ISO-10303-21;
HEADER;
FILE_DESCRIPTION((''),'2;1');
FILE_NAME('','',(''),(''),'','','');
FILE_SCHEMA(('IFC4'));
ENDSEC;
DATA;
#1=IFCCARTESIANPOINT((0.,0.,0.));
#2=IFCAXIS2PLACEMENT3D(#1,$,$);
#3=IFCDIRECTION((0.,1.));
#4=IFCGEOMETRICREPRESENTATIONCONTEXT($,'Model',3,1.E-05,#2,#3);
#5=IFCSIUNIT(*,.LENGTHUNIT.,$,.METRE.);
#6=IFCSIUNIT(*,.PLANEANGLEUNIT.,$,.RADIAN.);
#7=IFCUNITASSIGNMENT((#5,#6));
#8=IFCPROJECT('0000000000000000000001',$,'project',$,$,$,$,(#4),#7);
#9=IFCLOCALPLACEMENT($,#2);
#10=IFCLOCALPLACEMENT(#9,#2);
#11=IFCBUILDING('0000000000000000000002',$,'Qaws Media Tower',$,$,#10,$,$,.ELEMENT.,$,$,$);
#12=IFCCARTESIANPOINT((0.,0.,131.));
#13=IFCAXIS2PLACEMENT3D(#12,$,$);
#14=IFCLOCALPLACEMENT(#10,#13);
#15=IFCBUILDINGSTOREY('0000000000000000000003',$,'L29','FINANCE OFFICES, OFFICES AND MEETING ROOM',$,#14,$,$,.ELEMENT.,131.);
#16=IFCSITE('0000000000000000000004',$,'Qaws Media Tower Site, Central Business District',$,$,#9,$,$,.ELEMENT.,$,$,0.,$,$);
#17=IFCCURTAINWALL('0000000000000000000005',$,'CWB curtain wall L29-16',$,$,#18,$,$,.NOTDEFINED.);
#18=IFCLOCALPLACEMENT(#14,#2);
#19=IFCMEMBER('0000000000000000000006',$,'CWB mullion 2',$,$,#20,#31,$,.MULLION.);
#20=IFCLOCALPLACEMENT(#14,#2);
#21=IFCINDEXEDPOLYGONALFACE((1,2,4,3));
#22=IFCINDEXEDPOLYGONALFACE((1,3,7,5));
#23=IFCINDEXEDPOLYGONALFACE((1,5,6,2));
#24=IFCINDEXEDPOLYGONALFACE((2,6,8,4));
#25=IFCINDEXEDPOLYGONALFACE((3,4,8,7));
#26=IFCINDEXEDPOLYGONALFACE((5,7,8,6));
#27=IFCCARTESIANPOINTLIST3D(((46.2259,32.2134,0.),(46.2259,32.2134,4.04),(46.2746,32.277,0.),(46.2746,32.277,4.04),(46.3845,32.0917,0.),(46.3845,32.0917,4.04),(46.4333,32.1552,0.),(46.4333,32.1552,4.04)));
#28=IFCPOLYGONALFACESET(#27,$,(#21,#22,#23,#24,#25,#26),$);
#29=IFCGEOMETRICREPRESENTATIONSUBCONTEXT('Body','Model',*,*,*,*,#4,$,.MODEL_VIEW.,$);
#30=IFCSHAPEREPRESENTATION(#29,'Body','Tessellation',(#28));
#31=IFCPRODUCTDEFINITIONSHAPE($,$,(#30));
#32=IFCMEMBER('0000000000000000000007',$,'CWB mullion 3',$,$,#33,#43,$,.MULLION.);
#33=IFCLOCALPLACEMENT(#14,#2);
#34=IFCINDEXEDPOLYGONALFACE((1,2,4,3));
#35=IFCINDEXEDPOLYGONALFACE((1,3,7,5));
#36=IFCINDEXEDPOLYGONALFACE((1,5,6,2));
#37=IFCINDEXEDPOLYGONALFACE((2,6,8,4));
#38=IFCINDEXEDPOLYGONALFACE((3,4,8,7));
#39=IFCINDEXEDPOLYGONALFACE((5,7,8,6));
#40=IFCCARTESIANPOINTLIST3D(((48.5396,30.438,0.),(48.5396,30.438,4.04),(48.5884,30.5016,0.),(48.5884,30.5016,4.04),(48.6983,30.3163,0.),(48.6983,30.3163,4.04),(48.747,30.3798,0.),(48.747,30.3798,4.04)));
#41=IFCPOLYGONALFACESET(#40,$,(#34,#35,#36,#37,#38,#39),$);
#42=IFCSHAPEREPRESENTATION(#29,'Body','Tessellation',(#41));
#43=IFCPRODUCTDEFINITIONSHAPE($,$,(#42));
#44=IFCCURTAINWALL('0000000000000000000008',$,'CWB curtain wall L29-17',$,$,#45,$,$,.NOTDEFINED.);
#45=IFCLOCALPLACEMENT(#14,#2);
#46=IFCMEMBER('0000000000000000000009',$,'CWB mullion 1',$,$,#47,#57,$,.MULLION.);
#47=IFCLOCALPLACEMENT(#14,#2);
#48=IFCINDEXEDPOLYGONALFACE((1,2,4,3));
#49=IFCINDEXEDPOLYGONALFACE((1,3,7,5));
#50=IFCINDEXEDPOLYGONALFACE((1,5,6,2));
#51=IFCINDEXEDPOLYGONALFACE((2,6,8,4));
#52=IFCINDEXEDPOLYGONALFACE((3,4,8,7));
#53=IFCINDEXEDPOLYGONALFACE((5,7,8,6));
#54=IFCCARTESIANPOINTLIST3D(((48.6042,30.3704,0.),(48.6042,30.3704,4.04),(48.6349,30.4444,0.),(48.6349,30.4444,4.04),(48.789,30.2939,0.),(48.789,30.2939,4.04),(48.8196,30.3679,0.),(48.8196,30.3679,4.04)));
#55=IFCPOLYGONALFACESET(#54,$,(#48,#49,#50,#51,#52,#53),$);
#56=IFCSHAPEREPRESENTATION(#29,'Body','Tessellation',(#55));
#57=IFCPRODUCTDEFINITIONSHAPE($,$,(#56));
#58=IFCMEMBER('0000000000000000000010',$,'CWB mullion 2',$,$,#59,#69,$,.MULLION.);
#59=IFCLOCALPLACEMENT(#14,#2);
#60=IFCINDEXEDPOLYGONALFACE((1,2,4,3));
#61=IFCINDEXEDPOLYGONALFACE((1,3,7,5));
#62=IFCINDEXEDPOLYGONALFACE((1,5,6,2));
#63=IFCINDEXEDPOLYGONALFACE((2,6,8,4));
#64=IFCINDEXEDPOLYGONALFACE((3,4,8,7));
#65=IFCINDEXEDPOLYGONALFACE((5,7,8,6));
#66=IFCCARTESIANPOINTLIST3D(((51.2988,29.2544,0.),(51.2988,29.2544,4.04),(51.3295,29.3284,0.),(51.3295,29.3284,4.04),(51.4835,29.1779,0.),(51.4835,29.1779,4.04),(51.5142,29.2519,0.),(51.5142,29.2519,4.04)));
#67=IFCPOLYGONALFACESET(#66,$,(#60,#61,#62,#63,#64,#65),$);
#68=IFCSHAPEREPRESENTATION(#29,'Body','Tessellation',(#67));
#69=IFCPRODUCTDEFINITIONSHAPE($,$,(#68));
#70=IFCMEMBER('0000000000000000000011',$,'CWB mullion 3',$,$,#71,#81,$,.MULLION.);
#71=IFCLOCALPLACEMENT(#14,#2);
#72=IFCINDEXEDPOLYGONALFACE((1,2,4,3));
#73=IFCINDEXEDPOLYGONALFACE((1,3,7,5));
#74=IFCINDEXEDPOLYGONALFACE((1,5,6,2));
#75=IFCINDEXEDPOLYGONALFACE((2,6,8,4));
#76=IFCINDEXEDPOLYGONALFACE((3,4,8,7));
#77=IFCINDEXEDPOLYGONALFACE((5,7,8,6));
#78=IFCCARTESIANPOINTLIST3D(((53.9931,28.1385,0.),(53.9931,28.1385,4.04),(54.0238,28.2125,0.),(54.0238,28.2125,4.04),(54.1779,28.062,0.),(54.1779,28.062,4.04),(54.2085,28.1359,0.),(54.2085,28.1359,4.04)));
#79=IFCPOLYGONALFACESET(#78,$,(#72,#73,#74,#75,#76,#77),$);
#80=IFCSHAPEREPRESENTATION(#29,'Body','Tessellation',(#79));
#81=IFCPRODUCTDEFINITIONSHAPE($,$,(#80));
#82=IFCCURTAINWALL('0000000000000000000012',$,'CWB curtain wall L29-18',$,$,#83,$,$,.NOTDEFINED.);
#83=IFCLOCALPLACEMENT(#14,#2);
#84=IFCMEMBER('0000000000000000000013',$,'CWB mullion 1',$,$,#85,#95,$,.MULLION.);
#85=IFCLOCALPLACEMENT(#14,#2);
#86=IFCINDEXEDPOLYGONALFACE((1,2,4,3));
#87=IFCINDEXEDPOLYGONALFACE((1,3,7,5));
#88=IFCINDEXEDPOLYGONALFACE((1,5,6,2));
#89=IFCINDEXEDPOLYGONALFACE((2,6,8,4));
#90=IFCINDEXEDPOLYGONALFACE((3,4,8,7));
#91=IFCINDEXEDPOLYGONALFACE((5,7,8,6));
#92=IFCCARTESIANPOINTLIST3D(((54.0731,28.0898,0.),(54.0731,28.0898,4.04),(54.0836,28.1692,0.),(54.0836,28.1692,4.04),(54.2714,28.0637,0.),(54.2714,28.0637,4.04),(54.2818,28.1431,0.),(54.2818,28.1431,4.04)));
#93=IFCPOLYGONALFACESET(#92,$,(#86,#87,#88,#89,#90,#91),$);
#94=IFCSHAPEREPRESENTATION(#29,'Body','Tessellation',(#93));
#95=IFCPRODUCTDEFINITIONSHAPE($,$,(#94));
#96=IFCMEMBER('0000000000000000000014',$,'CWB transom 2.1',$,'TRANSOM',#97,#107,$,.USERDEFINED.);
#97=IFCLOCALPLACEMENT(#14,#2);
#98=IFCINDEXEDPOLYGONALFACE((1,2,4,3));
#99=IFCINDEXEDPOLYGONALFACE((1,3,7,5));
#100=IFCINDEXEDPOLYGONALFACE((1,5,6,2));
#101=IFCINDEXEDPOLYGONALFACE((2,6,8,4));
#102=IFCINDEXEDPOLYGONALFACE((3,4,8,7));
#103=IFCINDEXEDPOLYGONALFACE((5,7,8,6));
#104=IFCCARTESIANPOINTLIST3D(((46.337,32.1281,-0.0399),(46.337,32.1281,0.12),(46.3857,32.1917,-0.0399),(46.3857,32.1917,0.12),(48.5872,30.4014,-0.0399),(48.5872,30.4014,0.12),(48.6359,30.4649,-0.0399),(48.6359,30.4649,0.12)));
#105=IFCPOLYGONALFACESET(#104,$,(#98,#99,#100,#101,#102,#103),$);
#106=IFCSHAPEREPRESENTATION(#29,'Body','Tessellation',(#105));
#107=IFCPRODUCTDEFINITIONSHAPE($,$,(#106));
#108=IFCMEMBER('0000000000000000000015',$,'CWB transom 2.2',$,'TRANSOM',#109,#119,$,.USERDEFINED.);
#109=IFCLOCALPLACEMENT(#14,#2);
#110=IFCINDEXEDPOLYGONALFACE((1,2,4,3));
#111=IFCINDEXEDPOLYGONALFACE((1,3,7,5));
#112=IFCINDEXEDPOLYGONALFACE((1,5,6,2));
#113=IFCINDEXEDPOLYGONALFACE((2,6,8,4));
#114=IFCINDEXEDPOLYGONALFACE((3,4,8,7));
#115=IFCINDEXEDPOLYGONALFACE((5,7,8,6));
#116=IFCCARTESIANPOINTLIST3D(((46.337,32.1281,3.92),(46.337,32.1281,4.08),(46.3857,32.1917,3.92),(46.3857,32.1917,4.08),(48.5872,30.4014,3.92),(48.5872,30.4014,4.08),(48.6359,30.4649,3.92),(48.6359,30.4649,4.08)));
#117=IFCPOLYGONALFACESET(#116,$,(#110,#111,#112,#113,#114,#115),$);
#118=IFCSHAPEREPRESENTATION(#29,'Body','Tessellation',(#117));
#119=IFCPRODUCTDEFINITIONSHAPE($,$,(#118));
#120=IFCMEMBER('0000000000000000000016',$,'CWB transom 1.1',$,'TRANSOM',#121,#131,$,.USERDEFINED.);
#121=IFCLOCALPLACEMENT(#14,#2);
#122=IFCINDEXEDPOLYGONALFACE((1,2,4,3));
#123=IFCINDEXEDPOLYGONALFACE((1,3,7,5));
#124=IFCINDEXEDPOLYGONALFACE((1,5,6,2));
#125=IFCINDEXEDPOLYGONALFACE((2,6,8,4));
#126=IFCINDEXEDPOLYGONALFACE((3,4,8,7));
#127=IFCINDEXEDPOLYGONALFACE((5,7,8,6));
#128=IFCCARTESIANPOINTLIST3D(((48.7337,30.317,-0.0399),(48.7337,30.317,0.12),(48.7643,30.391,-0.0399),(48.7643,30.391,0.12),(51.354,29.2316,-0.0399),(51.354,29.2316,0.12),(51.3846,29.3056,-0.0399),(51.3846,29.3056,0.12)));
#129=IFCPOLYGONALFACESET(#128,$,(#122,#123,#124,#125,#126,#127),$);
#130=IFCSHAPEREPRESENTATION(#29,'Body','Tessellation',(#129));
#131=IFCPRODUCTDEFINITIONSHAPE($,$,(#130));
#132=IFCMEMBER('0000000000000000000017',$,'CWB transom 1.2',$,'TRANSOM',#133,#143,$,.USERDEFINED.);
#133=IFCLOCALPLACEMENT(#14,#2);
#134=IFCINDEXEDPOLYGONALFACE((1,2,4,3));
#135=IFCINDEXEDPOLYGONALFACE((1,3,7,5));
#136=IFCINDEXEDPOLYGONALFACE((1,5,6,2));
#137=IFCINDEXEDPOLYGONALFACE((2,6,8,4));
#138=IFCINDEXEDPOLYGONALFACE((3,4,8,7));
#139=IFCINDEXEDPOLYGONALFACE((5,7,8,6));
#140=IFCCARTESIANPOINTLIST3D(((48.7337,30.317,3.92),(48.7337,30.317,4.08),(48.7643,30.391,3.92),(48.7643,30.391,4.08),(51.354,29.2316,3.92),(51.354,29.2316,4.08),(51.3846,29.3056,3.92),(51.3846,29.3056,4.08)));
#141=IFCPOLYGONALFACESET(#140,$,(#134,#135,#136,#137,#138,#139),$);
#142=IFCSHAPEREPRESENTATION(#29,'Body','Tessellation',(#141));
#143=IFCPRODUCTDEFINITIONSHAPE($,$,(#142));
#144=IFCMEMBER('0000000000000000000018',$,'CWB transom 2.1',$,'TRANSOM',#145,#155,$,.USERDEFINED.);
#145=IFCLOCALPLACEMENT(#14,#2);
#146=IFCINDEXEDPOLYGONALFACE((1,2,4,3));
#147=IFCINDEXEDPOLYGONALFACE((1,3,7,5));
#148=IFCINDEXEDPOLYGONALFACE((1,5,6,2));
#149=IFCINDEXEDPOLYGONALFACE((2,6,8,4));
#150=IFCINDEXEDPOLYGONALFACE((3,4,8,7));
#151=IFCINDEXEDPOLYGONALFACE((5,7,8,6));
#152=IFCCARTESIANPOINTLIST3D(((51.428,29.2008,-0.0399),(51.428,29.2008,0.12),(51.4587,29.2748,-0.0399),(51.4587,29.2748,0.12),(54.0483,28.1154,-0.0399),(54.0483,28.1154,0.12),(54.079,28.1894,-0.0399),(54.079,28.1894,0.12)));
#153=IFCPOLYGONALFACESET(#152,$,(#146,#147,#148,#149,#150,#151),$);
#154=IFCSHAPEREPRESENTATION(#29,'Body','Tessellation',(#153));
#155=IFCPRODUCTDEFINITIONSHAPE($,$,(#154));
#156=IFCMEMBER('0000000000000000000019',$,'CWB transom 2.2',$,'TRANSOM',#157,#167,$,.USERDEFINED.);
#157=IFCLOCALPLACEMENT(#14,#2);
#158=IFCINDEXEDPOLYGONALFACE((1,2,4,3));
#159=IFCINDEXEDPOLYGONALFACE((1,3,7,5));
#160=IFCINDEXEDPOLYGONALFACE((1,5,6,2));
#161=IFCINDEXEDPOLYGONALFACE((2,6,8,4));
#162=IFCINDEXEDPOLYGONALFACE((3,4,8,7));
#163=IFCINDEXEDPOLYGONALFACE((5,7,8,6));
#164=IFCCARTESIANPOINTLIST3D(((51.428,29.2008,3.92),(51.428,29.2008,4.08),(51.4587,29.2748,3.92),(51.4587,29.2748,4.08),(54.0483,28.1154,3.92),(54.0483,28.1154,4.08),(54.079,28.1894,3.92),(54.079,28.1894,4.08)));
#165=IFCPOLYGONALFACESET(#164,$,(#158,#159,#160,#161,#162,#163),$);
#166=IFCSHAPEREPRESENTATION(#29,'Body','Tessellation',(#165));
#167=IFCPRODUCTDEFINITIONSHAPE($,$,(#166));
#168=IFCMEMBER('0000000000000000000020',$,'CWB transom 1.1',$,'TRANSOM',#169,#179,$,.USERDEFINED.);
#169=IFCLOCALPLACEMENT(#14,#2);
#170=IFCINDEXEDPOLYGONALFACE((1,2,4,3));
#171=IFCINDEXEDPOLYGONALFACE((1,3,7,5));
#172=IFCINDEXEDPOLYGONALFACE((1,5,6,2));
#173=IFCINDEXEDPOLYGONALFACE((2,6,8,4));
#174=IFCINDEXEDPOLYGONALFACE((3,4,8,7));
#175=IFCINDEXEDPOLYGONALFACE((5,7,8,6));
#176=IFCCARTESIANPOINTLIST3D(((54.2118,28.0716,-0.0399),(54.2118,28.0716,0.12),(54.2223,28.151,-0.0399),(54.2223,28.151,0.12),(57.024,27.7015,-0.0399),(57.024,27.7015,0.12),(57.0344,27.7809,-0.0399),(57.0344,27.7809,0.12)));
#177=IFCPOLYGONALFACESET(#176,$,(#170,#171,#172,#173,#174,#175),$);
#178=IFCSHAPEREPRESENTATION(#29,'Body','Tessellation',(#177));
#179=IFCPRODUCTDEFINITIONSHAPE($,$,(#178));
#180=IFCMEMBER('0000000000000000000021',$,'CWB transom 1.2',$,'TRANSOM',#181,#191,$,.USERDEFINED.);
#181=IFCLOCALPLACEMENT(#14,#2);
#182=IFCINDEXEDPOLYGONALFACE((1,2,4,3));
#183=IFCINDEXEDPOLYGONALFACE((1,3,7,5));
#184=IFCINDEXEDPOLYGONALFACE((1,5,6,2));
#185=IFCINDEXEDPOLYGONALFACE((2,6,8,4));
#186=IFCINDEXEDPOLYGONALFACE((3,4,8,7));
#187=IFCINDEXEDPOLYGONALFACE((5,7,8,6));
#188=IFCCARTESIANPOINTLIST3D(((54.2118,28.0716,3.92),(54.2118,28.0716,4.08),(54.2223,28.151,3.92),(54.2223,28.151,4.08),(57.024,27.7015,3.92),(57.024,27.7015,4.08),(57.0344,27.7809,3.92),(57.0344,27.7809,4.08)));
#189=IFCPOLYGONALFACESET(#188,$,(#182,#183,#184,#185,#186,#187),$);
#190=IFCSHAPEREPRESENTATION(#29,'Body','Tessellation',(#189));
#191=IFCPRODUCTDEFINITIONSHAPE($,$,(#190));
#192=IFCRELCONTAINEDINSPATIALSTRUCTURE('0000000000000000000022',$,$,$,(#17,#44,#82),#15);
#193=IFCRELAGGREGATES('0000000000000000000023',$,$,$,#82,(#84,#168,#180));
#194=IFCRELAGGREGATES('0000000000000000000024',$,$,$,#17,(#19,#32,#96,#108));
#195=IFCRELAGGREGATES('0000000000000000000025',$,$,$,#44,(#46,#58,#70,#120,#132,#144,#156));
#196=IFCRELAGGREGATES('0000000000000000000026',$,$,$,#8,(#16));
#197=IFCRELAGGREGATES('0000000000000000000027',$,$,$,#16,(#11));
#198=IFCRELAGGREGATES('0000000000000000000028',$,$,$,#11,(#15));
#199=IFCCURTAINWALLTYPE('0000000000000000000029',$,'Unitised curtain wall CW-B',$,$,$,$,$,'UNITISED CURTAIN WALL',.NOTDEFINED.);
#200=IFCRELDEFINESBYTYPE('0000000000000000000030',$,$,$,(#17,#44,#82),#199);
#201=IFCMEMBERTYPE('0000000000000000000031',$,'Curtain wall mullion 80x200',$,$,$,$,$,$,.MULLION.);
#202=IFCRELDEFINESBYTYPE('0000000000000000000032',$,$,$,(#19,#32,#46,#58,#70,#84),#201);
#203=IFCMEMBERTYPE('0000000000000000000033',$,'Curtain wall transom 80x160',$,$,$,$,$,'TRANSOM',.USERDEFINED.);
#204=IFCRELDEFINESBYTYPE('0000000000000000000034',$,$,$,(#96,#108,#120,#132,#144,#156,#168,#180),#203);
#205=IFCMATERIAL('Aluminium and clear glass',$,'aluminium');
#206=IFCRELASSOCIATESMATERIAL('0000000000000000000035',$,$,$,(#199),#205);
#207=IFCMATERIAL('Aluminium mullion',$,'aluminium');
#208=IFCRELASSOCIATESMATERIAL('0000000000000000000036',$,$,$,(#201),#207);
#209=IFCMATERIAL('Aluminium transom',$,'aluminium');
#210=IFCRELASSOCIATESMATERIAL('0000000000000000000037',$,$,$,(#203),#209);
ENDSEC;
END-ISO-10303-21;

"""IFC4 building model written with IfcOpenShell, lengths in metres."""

from ifc_helpers import new_model, si_unit, direction, frame, origin, origin_2d, place, context, subcontext, project, spatial, rectangle, extrude, material, material_profile, profile_set, type_object, element, aggregate, save


model = new_model("IFC4")

# Units and contexts
model_context = context("Model", 3, precision=1e-05, world=origin(), true_north=direction((0.0, 1.0)))
body_context = subcontext(model_context, "Body", "Model", "MODEL_VIEW")
ifc_project = project(units=[si_unit("LENGTHUNIT", "METRE"), si_unit("PLANEANGLEUNIT", "RADIAN")], contexts=[model_context])

# Site, building, storey
site_placement = place(None, origin())
site = spatial("IfcSite", under=ifc_project, at=site_placement, Name="Qaws Media Tower Site, Central Business District", CompositionType="ELEMENT", RefElevation=0.0)
building_placement = place(site_placement, origin())
building = spatial("IfcBuilding", under=site, at=building_placement, Name="Qaws Media Tower", CompositionType="ELEMENT")
storey_placement = place(building_placement, frame((0.0, 0.0, 131.0)))
storey = spatial("IfcBuildingStorey", under=building, at=storey_placement, Name="L29", Description="FINANCE OFFICES, OFFICES AND MEETING ROOM", CompositionType="ELEMENT", Elevation=131.0)

# Curtain walls, members
ifc_material_1 = material(Name="Aluminium and clear glass", Category="aluminium")
curtain_wall_type = type_object("IfcCurtainWallType", Name="Unitised curtain wall CW-B", ElementType="UNITISED CURTAIN WALL", PredefinedType="NOTDEFINED", material=ifc_material_1)
curtain_wall_1_placement = place(storey_placement, origin())
curtain_wall_1 = element("IfcCurtainWall", 1, at=curtain_wall_1_placement, inside=storey, type_object=curtain_wall_type, Name="CWB curtain wall L29-16", PredefinedType="NOTDEFINED")
ifc_material_2 = material(Name="Aluminium mullion", Category="aluminium")
ifc_material_profile_1 = material_profile(ifc_material_2, rectangle(XDim=0.0801, YDim=0.2, at=origin_2d()), Name="80x200")
ifc_profile_set_1 = profile_set([ifc_material_profile_1], Name="Aluminium mullion")
member_type_1 = type_object("IfcMemberType", Name="Curtain wall mullion 80x200", PredefinedType="MULLION", material=ifc_profile_set_1)
member_1_placement = place(storey_placement, frame((46.3296, 32.1843, 0.0), z_axis=(0.0, 0.0, 1.0), x_axis=(0.608761, 0.793353, 0.0)))
member_1 = element("IfcMember", 2, at=member_1_placement, type_object=member_type_1, Name="CWB mullion 2", PredefinedType="MULLION", context=body_context, shape_type="SweptSolid", body=[
    extrude(rectangle(XDim=0.0801, YDim=0.2, at=origin_2d()), origin(), (0.0, 0.0, 1.0), 4.04),
])
member_2_placement = place(storey_placement, frame((48.6433, 30.4089, 0.0), z_axis=(0.0, 0.0, 1.0), x_axis=(0.608761, 0.793353, 0.0)))
member_2 = element("IfcMember", 3, at=member_2_placement, type_object=member_type_1, Name="CWB mullion 3", PredefinedType="MULLION", context=body_context, shape_type="SweptSolid", body=[
    extrude(rectangle(XDim=0.0801, YDim=0.2, at=origin_2d()), origin(), (0.0, 0.0, 1.0), 4.04),
])
curtain_wall_2_placement = place(storey_placement, origin())
curtain_wall_2 = element("IfcCurtainWall", 4, at=curtain_wall_2_placement, inside=storey, type_object=curtain_wall_type, Name="CWB curtain wall L29-17", PredefinedType="NOTDEFINED")
member_3_placement = place(storey_placement, frame((48.7119, 30.3691, 0.0), z_axis=(0.0, 0.0, 1.0), x_axis=(0.382683, 0.92388, 0.0)))
member_3 = element("IfcMember", 5, at=member_3_placement, type_object=member_type_1, Name="CWB mullion 1", PredefinedType="MULLION", context=body_context, shape_type="SweptSolid", body=[
    extrude(rectangle(XDim=0.0801, YDim=0.2, at=origin_2d()), origin(), (0.0, 0.0, 1.0), 4.04),
])
member_4_placement = place(storey_placement, frame((51.4065, 29.2532, 0.0), z_axis=(0.0, 0.0, 1.0), x_axis=(0.382683, 0.92388, 0.0)))
member_4 = element("IfcMember", 6, at=member_4_placement, type_object=member_type_1, Name="CWB mullion 2", PredefinedType="MULLION", context=body_context, shape_type="SweptSolid", body=[
    extrude(rectangle(XDim=0.0801, YDim=0.2, at=origin_2d()), origin(), (0.0, 0.0, 1.0), 4.04),
])
member_5_placement = place(storey_placement, frame((54.1008, 28.1372, 0.0), z_axis=(0.0, 0.0, 1.0), x_axis=(0.382683, 0.92388, 0.0)))
member_5 = element("IfcMember", 7, at=member_5_placement, type_object=member_type_1, Name="CWB mullion 3", PredefinedType="MULLION", context=body_context, shape_type="SweptSolid", body=[
    extrude(rectangle(XDim=0.0801, YDim=0.2, at=origin_2d()), origin(), (0.0, 0.0, 1.0), 4.04),
])

# Curtain wall, member
curtain_wall_3_placement = place(storey_placement, origin())
curtain_wall_3 = element("IfcCurtainWall", 8, at=curtain_wall_3_placement, inside=storey, type_object=curtain_wall_type, Name="CWB curtain wall L29-18", PredefinedType="NOTDEFINED")
member_6_placement = place(storey_placement, frame((54.1775, 28.1165, 0.0), z_axis=(0.0, 0.0, 1.0), x_axis=(0.130526, 0.991445, 0.0)))
member_6 = element("IfcMember", 9, at=member_6_placement, type_object=member_type_1, Name="CWB mullion 1", PredefinedType="MULLION", context=body_context, shape_type="SweptSolid", body=[
    extrude(rectangle(XDim=0.0801, YDim=0.2, at=origin_2d()), origin(), (0.0, 0.0, 1.0), 4.04),
])

# Members
ifc_material_3 = material(Name="Aluminium transom", Category="aluminium")
ifc_material_profile_2 = material_profile(ifc_material_3, rectangle(XDim=0.0801, YDim=0.1599, at=origin_2d()), Name="80x160")
ifc_profile_set_2 = profile_set([ifc_material_profile_2], Name="Aluminium transom")
member_type_2 = type_object("IfcMemberType", Name="Curtain wall transom 80x160", ElementType="TRANSOM", PredefinedType="USERDEFINED", material=ifc_profile_set_2)
member_7_placement = place(storey_placement, frame((46.3613, 32.1599, 0.04), z_axis=(0.793331, -0.608791, 0.0), x_axis=(0.608791, 0.793331, 0.0)))
member_7 = element("IfcMember", 10, at=member_7_placement, type_object=member_type_2, Name="CWB transom 2.1", ObjectType="TRANSOM", PredefinedType="USERDEFINED", context=body_context, shape_type="SweptSolid", body=[
    extrude(rectangle(XDim=0.0801, YDim=0.1599, at=origin_2d()), origin(), (0.0, 0.0, 1.0), 2.8364),
])
member_8_placement = place(storey_placement, frame((46.3613, 32.1599, 4.0), z_axis=(0.793331, -0.608791, 0.0), x_axis=(0.608791, 0.793331, 0.0)))
member_8 = element("IfcMember", 11, at=member_8_placement, type_object=member_type_2, Name="CWB transom 2.2", ObjectType="TRANSOM", PredefinedType="USERDEFINED", context=body_context, shape_type="SweptSolid", body=[
    extrude(rectangle(XDim=0.0801, YDim=0.1599, at=origin_2d()), origin(), (0.0, 0.0, 1.0), 2.8364),
])
member_9_placement = place(storey_placement, frame((48.749, 30.354, 0.04), z_axis=(0.923872, -0.382701, 0.0), x_axis=(0.382701, 0.923872, 0.0)))
member_9 = element("IfcMember", 12, at=member_9_placement, type_object=member_type_2, Name="CWB transom 1.1", ObjectType="TRANSOM", PredefinedType="USERDEFINED", context=body_context, shape_type="SweptSolid", body=[
    extrude(rectangle(XDim=0.0801, YDim=0.1599, at=origin_2d()), origin(), (0.0, 0.0, 1.0), 2.8362),
])
member_10_placement = place(storey_placement, frame((48.749, 30.354, 4.0), z_axis=(0.923872, -0.382701, 0.0), x_axis=(0.382701, 0.923872, 0.0)))
member_10 = element("IfcMember", 13, at=member_10_placement, type_object=member_type_2, Name="CWB transom 1.2", ObjectType="TRANSOM", PredefinedType="USERDEFINED", context=body_context, shape_type="SweptSolid", body=[
    extrude(rectangle(XDim=0.0801, YDim=0.1599, at=origin_2d()), origin(), (0.0, 0.0, 1.0), 2.8362),
])
member_11_placement = place(storey_placement, frame((51.4434, 29.2378, 0.04), z_axis=(0.923872, -0.382701, 0.0), x_axis=(0.382701, 0.923872, 0.0)))
member_11 = element("IfcMember", 14, at=member_11_placement, type_object=member_type_2, Name="CWB transom 2.1", ObjectType="TRANSOM", PredefinedType="USERDEFINED", context=body_context, shape_type="SweptSolid", body=[
    extrude(rectangle(XDim=0.0801, YDim=0.1599, at=origin_2d()), origin(), (0.0, 0.0, 1.0), 2.8362),
])
member_12_placement = place(storey_placement, frame((51.4434, 29.2378, 4.0), z_axis=(0.923872, -0.382701, 0.0), x_axis=(0.382701, 0.923872, 0.0)))
member_12 = element("IfcMember", 15, at=member_12_placement, type_object=member_type_2, Name="CWB transom 2.2", ObjectType="TRANSOM", PredefinedType="USERDEFINED", context=body_context, shape_type="SweptSolid", body=[
    extrude(rectangle(XDim=0.0801, YDim=0.1599, at=origin_2d()), origin(), (0.0, 0.0, 1.0), 2.8362),
])
member_13_placement = place(storey_placement, frame((54.217, 28.1113, 0.04), z_axis=(0.99145, -0.130483, 0.0), x_axis=(0.130483, 0.99145, 0.0)))
member_13 = element("IfcMember", 16, at=member_13_placement, type_object=member_type_2, Name="CWB transom 1.1", ObjectType="TRANSOM", PredefinedType="USERDEFINED", context=body_context, shape_type="SweptSolid", body=[
    extrude(rectangle(XDim=0.0801, YDim=0.1599, at=origin_2d()), origin(), (0.0, 0.0, 1.0), 2.8364),
])
member_14_placement = place(storey_placement, frame((54.217, 28.1113, 4.0), z_axis=(0.99145, -0.130483, 0.0), x_axis=(0.130483, 0.99145, 0.0)))
member_14 = element("IfcMember", 17, at=member_14_placement, type_object=member_type_2, Name="CWB transom 1.2", ObjectType="TRANSOM", PredefinedType="USERDEFINED", context=body_context, shape_type="SweptSolid", body=[
    extrude(rectangle(XDim=0.0801, YDim=0.1599, at=origin_2d()), origin(), (0.0, 0.0, 1.0), 2.8364),
])
aggregate(curtain_wall_3, [member_6, member_13, member_14])

aggregate(curtain_wall_1, [member_1, member_2, member_7, member_8])
aggregate(curtain_wall_2, [member_3, member_4, member_5, member_9, member_10, member_11, member_12])

save(model, "model.ifc")
